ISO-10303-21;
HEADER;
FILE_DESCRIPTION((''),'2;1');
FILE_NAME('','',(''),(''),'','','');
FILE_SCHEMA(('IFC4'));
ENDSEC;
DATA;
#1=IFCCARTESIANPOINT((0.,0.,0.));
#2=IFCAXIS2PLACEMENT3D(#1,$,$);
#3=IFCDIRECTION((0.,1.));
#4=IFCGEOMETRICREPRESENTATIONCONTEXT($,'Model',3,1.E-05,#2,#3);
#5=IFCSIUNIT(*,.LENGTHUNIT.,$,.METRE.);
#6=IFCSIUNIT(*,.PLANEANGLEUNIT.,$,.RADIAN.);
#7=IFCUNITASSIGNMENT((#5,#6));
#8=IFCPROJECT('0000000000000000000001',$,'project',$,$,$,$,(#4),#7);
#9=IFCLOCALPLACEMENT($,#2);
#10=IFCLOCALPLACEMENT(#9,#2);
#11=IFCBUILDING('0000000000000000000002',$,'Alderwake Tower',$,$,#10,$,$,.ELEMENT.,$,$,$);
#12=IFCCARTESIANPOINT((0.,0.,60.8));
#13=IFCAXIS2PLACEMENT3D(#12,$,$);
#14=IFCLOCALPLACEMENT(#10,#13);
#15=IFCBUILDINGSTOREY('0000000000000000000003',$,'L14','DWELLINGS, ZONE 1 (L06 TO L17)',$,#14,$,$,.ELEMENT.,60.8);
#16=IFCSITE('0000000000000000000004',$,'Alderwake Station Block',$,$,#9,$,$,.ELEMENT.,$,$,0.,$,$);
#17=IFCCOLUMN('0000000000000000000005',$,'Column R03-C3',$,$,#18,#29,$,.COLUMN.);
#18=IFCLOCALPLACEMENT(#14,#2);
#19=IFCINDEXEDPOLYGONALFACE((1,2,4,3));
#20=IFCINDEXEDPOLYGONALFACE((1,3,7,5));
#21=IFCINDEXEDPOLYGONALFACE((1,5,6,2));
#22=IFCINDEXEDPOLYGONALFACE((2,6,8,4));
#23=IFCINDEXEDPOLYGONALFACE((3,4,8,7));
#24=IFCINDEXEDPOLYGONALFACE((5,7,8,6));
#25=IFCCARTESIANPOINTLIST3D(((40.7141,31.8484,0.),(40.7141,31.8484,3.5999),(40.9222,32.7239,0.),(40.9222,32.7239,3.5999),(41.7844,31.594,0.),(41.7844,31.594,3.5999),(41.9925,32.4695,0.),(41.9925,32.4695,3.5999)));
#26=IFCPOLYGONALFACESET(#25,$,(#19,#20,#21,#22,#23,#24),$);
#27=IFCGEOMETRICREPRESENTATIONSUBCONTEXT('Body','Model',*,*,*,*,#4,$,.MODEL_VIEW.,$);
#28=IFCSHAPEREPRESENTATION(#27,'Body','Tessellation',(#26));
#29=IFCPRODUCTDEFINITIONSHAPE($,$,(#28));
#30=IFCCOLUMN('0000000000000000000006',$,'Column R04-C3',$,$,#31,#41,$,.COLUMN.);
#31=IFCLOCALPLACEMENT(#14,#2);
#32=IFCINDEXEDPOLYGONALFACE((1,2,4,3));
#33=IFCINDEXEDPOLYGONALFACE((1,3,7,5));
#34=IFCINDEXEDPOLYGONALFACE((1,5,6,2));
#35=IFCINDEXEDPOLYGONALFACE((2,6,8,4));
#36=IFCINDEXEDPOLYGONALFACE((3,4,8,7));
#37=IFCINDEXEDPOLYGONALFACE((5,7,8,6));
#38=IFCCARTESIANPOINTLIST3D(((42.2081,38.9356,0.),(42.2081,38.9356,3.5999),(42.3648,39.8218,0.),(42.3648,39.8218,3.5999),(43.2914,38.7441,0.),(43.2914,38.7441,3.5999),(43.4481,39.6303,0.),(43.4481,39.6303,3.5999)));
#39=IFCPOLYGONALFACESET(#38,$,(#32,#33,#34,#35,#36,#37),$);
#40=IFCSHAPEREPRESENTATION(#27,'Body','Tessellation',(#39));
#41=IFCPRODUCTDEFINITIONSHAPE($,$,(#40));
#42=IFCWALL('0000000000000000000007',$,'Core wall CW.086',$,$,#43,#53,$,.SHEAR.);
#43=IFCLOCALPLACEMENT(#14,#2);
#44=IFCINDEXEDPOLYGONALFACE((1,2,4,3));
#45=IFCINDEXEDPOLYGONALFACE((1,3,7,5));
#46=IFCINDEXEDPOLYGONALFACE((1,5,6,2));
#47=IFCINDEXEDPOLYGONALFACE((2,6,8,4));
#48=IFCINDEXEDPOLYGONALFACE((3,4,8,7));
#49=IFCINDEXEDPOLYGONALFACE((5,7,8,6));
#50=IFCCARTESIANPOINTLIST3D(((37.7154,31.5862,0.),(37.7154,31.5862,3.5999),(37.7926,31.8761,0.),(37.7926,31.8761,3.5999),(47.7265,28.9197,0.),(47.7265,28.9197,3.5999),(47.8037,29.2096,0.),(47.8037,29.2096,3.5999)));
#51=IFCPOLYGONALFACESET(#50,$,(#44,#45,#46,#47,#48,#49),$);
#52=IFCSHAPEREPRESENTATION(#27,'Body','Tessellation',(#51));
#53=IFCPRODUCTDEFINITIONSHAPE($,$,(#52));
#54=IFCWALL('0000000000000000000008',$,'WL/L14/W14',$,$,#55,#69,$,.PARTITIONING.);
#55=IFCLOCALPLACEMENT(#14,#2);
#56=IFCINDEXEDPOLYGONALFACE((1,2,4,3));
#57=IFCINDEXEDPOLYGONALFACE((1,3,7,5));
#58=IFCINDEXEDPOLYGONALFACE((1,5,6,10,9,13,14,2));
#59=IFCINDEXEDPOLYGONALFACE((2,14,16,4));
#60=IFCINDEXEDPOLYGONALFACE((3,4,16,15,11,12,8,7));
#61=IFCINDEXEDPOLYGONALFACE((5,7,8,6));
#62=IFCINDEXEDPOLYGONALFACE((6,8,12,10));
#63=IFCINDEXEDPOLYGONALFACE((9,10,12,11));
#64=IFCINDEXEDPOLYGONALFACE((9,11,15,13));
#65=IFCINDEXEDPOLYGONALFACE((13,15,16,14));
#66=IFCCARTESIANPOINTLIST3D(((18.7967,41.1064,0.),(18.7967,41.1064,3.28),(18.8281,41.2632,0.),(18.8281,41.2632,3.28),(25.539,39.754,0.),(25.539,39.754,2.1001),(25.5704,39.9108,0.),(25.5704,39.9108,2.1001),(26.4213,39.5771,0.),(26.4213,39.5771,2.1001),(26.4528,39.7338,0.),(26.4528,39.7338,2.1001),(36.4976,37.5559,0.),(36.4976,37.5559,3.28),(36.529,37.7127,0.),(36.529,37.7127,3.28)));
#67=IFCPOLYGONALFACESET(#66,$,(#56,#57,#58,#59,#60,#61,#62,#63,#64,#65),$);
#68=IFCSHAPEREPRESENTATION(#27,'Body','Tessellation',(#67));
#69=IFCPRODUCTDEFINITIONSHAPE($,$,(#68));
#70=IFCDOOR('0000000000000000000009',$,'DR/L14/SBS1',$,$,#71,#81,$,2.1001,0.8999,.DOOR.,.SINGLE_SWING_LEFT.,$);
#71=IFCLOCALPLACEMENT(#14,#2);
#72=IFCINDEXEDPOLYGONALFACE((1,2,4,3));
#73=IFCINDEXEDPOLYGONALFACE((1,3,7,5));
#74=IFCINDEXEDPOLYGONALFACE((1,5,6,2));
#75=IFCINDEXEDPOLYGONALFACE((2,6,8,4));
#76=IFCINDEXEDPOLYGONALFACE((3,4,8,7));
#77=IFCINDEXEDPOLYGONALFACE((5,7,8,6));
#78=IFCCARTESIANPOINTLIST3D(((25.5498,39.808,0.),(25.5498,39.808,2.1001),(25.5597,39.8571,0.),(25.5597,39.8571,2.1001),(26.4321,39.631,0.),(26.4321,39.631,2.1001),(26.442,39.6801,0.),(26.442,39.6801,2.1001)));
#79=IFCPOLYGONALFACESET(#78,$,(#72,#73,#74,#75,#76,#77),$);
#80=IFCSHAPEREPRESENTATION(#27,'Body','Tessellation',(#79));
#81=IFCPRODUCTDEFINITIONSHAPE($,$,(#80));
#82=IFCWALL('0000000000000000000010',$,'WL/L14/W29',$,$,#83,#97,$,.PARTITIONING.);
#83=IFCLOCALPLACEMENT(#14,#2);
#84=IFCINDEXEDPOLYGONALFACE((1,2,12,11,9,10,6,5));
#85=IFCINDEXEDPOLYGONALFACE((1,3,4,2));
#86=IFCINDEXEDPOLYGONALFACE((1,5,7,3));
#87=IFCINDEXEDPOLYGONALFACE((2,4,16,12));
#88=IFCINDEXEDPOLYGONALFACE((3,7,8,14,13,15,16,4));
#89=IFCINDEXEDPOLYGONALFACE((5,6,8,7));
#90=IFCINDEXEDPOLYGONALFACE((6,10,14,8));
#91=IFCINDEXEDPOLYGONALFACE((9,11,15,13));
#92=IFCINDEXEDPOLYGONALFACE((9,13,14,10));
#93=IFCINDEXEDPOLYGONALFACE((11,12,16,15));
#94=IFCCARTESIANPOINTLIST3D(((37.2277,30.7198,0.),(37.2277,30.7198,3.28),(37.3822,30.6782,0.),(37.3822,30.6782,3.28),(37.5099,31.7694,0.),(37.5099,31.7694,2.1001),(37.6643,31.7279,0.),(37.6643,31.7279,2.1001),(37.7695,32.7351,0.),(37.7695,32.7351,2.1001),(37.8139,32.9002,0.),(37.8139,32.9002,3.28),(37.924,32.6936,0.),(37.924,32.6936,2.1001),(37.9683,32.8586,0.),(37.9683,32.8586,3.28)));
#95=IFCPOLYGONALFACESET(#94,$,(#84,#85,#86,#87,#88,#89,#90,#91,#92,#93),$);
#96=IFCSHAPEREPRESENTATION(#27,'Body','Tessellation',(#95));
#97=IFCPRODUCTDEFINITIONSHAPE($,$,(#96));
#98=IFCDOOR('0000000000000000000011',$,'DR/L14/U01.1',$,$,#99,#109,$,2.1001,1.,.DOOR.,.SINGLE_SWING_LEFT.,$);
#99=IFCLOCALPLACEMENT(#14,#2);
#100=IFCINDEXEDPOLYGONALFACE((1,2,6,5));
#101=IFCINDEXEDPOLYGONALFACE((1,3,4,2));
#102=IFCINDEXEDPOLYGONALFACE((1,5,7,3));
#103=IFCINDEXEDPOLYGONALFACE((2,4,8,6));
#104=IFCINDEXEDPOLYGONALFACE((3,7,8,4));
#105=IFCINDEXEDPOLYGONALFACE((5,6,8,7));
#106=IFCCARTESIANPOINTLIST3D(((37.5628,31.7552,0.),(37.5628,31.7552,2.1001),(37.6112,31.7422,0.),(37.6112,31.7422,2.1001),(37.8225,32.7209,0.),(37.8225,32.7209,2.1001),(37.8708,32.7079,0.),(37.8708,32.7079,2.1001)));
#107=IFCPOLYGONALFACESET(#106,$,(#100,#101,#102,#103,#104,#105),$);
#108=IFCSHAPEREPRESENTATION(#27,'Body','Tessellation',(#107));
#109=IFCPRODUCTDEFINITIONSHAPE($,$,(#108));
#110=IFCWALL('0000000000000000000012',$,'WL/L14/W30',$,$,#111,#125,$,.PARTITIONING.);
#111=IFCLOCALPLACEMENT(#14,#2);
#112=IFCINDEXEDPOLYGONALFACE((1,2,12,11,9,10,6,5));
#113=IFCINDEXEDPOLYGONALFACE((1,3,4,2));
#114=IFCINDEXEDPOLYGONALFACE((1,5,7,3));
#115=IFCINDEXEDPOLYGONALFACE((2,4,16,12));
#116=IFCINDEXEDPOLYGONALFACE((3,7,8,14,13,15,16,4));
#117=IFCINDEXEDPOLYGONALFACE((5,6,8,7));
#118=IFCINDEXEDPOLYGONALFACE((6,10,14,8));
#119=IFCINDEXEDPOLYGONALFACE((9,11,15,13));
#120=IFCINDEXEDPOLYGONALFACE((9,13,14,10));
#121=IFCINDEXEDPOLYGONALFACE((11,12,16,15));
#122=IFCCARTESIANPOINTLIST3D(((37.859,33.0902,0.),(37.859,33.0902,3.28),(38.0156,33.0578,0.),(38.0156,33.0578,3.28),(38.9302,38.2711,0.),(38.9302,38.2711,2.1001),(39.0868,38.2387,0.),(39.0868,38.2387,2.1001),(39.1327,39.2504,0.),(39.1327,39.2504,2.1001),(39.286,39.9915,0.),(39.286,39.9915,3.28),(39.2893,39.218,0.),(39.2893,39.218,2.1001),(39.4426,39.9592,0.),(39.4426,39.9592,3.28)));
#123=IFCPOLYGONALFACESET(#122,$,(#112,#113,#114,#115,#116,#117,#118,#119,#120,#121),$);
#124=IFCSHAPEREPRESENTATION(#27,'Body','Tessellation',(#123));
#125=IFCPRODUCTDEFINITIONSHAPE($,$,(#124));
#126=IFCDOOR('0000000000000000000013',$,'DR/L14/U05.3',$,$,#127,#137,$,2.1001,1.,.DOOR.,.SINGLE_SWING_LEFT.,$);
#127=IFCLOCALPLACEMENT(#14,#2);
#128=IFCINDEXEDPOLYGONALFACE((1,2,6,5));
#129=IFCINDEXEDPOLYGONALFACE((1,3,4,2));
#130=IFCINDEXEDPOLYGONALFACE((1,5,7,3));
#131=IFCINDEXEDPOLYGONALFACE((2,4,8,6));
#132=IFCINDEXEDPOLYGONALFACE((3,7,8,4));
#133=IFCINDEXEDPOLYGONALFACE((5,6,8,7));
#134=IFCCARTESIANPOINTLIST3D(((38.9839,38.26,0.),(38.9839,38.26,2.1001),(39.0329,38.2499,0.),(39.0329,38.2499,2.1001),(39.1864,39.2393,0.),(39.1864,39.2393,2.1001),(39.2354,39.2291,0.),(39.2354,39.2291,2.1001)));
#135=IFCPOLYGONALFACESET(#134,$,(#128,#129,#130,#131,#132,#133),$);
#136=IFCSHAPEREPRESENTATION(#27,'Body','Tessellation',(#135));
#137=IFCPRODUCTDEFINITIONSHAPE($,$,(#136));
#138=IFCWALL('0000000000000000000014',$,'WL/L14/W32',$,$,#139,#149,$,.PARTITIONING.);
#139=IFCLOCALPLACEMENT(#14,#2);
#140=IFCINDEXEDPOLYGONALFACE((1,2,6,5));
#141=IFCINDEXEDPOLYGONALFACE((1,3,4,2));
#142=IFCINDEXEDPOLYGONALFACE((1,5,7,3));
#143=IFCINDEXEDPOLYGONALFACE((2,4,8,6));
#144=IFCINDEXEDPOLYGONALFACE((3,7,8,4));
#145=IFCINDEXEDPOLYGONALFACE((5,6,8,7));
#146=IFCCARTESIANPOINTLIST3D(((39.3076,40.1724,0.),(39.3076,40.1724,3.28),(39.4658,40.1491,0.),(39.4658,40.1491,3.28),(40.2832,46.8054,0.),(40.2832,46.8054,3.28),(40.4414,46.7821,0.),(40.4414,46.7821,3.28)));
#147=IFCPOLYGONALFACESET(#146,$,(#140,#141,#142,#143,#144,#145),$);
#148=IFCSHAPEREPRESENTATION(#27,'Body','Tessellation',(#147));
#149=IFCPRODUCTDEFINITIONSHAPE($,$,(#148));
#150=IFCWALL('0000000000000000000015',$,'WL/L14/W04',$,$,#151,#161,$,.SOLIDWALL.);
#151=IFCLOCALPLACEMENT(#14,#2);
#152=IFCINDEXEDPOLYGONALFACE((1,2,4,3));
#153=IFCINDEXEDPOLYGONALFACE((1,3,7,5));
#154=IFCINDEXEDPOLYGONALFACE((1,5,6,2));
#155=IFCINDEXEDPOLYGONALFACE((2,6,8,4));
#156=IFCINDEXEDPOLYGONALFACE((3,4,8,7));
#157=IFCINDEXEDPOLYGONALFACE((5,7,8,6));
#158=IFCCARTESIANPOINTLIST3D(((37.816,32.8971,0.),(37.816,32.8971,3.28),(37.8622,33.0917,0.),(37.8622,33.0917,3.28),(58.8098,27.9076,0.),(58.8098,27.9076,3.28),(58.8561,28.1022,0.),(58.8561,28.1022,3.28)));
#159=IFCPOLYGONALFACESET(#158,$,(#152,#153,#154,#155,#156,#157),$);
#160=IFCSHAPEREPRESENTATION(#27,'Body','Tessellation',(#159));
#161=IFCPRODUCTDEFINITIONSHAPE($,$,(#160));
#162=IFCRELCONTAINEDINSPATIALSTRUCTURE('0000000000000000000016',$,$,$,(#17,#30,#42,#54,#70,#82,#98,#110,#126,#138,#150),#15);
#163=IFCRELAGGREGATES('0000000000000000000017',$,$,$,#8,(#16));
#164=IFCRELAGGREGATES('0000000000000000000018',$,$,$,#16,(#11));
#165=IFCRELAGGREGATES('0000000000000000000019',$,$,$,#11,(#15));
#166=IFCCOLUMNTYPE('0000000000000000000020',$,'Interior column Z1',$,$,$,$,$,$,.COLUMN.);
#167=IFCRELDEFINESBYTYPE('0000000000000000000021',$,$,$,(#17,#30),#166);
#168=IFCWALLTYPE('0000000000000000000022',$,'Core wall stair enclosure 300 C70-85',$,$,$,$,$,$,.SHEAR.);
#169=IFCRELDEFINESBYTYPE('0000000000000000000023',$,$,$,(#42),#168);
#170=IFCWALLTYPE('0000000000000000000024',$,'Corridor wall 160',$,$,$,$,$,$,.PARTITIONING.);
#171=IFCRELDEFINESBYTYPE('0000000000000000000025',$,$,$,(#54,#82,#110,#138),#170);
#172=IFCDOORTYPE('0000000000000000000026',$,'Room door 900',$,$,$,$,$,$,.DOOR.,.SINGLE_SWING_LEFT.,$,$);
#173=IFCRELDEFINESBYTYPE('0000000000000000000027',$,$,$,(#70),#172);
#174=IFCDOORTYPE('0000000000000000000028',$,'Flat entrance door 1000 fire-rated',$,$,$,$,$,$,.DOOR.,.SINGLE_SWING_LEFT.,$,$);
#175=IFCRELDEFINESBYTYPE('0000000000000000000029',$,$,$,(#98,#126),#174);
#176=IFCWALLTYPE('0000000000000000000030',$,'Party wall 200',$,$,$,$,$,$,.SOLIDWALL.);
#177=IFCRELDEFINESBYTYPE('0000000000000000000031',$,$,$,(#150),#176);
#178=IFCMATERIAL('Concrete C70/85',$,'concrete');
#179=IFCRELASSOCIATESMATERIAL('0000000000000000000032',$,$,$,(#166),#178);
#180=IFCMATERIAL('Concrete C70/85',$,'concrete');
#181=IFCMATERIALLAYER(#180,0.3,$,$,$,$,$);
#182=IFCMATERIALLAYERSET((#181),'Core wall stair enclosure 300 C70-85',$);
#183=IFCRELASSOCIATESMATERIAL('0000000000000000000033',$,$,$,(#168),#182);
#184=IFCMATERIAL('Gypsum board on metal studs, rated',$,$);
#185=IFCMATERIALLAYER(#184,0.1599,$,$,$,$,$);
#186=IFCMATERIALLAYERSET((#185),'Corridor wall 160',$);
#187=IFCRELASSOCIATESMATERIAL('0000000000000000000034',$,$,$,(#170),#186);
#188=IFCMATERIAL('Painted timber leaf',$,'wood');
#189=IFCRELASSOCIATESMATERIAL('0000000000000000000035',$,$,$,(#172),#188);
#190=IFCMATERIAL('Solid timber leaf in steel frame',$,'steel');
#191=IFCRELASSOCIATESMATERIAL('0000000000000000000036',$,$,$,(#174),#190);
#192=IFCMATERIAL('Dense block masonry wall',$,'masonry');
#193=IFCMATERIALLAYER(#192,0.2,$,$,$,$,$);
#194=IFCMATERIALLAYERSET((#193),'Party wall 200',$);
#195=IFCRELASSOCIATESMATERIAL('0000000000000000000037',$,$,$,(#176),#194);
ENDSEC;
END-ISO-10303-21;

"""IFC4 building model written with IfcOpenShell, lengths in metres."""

from ifc_helpers import new_model, si_unit, direction, frame, frame_2d, origin, origin_2d, place, context, subcontext, project, spatial, rectangle, extrude, material, layer, layer_set, material_profile, profile_set, type_object, element, fill, save


model = new_model("IFC4")

# Units and contexts
model_context = context("Model", 3, precision=1e-05, world=origin(), true_north=direction((0.0, 1.0)))
body_context = subcontext(model_context, "Body", "Model", "MODEL_VIEW")
ifc_project = project(units=[si_unit("LENGTHUNIT", "METRE"), si_unit("PLANEANGLEUNIT", "RADIAN")], contexts=[model_context])

# Site, building, storey
site_placement = place(None, origin())
site = spatial("IfcSite", under=ifc_project, at=site_placement, Name="Alderwake Station Block", CompositionType="ELEMENT", RefElevation=0.0)
building_placement = place(site_placement, origin())
building = spatial("IfcBuilding", under=site, at=building_placement, Name="Alderwake Tower", CompositionType="ELEMENT")
storey_placement = place(building_placement, frame((0.0, 0.0, 60.8)))
storey = spatial("IfcBuildingStorey", under=building, at=storey_placement, Name="L14", Description="DWELLINGS, ZONE 1 (L06 TO L17)", CompositionType="ELEMENT", Elevation=60.8)

# Columns
ifc_material_1 = material(Name="Concrete C70/85", Category="concrete")
ifc_material_profile = material_profile(ifc_material_1, rectangle(XDim=0.8999, YDim=1.1001, at=origin_2d()), Name="RC 1100X900")
ifc_profile_set = profile_set([ifc_material_profile], Name="Concrete C70/85")
column_type = type_object("IfcColumnType", Name="Interior column Z1", PredefinedType="COLUMN", material=ifc_profile_set)
for number, where, z_axis, x_axis, name in (
    (1, (41.3533, 32.1589, 0.0), (0.0, 0.0, 1.0), (0.231222, 0.972901, 0.0), "Column R03-C3"),
    (2, (42.8281, 39.283, 0.0), (0.0, 0.0, 1.0), (0.174109, 0.984726, 0.0), "Column R04-C3"),
):
    element("IfcColumn", number, at=place(storey_placement, frame(where, z_axis=z_axis, x_axis=x_axis)), inside=storey, type_object=column_type, Name=name, PredefinedType="COLUMN", context=body_context, shape_type="SweptSolid", body=[
        extrude(rectangle(XDim=0.8999, YDim=1.1001, at=origin_2d()), origin(), (0.0, 0.0, 1.0), 3.5999),
    ])

# Wall
ifc_material_2 = material(Name="Concrete C70/85", Category="concrete")
ifc_layer_1 = layer(ifc_material_2, 0.3)
ifc_layer_set_1 = layer_set([ifc_layer_1], Name="Core wall stair enclosure 300 C70-85")
wall_type_1 = type_object("IfcWallType", Name="Core wall stair enclosure 300 C70-85", PredefinedType="SHEAR", material=ifc_layer_set_1)
wall_1_placement = place(storey_placement, frame((37.7539, 31.7312, 0.0), z_axis=(0.0, 0.0, 1.0), x_axis=(0.966309, -0.257384, 0.0)))
element("IfcWall", 3, at=wall_1_placement, inside=storey, type_object=wall_type_1, Name="Core wall CW.086", PredefinedType="SHEAR", context=body_context, shape_type="SweptSolid", body=[
    extrude(rectangle(XDim=10.3601, YDim=0.3, at=frame_2d((5.1802, 0.0))), origin(), (0.0, 0.0, 1.0), 3.5999),
])

# Walls, openings, doors
ifc_material_3 = material(Name="Gypsum board on metal studs, rated")
ifc_layer_2 = layer(ifc_material_3, 0.1599)
ifc_layer_set_2 = layer_set([ifc_layer_2], Name="Corridor wall 160")
wall_type_2 = type_object("IfcWallType", Name="Corridor wall 160", PredefinedType="PARTITIONING", material=ifc_layer_set_2)
wall_2_placement = place(storey_placement, frame((36.5134, 37.6343, 0.0), z_axis=(0.0, 0.0, 1.0), x_axis=(-0.98047, 0.196667, 0.0)))
wall_2 = element("IfcWall", 4, at=wall_2_placement, inside=storey, type_object=wall_type_2, Name="WL/L14/W14", PredefinedType="PARTITIONING", context=body_context, shape_type="SweptSolid", body=[
    extrude(rectangle(XDim=18.0535, YDim=0.1599, at=frame_2d((9.0269, 0.0))), origin(), (0.0, 0.0, 1.0), 3.28),
])
opening_1_placement = place(wall_2_placement, frame((10.2771, 0.0, 0.0)))
opening_1 = element("IfcOpeningElement", 5, at=opening_1_placement, cuts=wall_2, PredefinedType="OPENING", context=body_context, shape_type="SweptSolid", body=[
    extrude(rectangle(XDim=0.8999, YDim=2.1001, at=frame_2d((0.45, 1.05))), frame((0.0, 0.0898, 0.0), z_axis=(0.0, -1.0, 0.0), x_axis=(1.0, 0.0, 0.0)), (0.0, 0.0, 1.0), 0.1799),
])
ifc_material_4 = material(Name="Painted timber leaf", Category="wood")
door_type_1 = type_object("IfcDoorType", Name="Room door 900", OperationType="SINGLE_SWING_LEFT", PredefinedType="DOOR", material=ifc_material_4)
door_1_placement = place(opening_1_placement, origin())
door_1 = element("IfcDoor", 6, at=door_1_placement, inside=storey, type_object=door_type_1, Name="DR/L14/SBS1", OperationType="SINGLE_SWING_LEFT", OverallHeight=2.1001, OverallWidth=0.8999, PredefinedType="DOOR", context=body_context, shape_type="SweptSolid", body=[
    extrude(rectangle(XDim=0.8999, YDim=2.1001, at=frame_2d((0.45, 1.05))), frame((0.0, 0.0249, 0.0), z_axis=(0.0, -1.0, 0.0), x_axis=(1.0, 0.0, 0.0)), (0.0, 0.0, 1.0), 0.05),
])
fill(opening_1, door_1)
wall_3_placement = place(storey_placement, frame((37.8911, 32.8794, 0.0), z_axis=(0.0, 0.0, 1.0), x_axis=(-0.259621, -0.965711, 0.0)))
wall_3 = element("IfcWall", 7, at=wall_3_placement, inside=storey, type_object=wall_type_2, Name="WL/L14/W29", PredefinedType="PARTITIONING", context=body_context, shape_type="SweptSolid", body=[
    extrude(rectangle(XDim=2.2578, YDim=0.1599, at=frame_2d((1.1289, 0.0))), origin(), (0.0, 0.0, 1.0), 3.28),
])
opening_2_placement = place(wall_3_placement, frame((0.1709, 0.0, 0.0)))
opening_2 = element("IfcOpeningElement", 8, at=opening_2_placement, cuts=wall_3, PredefinedType="OPENING", context=body_context, shape_type="SweptSolid", body=[
    extrude(rectangle(XDim=1.0, YDim=2.1001, at=frame_2d((0.5, 1.05))), frame((0.0, 0.0898, 0.0), z_axis=(0.0, -1.0, 0.0), x_axis=(1.0, 0.0, 0.0)), (0.0, 0.0, 1.0), 0.1799),
])
ifc_material_5 = material(Name="Solid timber leaf in steel frame", Category="steel")
door_type_2 = type_object("IfcDoorType", Name="Flat entrance door 1000 fire-rated", OperationType="SINGLE_SWING_LEFT", PredefinedType="DOOR", material=ifc_material_5)
door_2_placement = place(opening_2_placement, origin())
door_2 = element("IfcDoor", 9, at=door_2_placement, inside=storey, type_object=door_type_2, Name="DR/L14/U01.1", OperationType="SINGLE_SWING_LEFT", OverallHeight=2.1001, OverallWidth=1.0, PredefinedType="DOOR", context=body_context, shape_type="SweptSolid", body=[
    extrude(rectangle(XDim=1.0, YDim=2.1001, at=frame_2d((0.5, 1.05))), frame((0.0, 0.0249, 0.0), z_axis=(0.0, -1.0, 0.0), x_axis=(1.0, 0.0, 0.0)), (0.0, 0.0, 1.0), 0.05),
])
fill(opening_2, door_2)
wall_4_placement = place(storey_placement, frame((39.3643, 39.9753, 0.0), z_axis=(0.0, 0.0, 1.0), x_axis=(-0.202488, -0.979285, 0.0)))
wall_4 = element("IfcWall", 10, at=wall_4_placement, inside=storey, type_object=wall_type_2, Name="WL/L14/W30", PredefinedType="PARTITIONING", context=body_context, shape_type="SweptSolid", body=[
    extrude(rectangle(XDim=7.0474, YDim=0.1599, at=frame_2d((3.5237, 0.0))), origin(), (0.0, 0.0, 1.0), 3.28),
])
opening_3_placement = place(wall_4_placement, frame((0.7568, 0.0, 0.0)))
opening_3 = element("IfcOpeningElement", 11, at=opening_3_placement, cuts=wall_4, PredefinedType="OPENING", context=body_context, shape_type="SweptSolid", body=[
    extrude(rectangle(XDim=1.0, YDim=2.1001, at=frame_2d((0.5, 1.05))), frame((0.0, 0.0898, 0.0), z_axis=(0.0, -1.0, 0.0), x_axis=(1.0, 0.0, 0.0)), (0.0, 0.0, 1.0), 0.1799),
])
door_3_placement = place(opening_3_placement, origin())
door_3 = element("IfcDoor", 12, at=door_3_placement, inside=storey, type_object=door_type_2, Name="DR/L14/U05.3", OperationType="SINGLE_SWING_LEFT", OverallHeight=2.1001, OverallWidth=1.0, PredefinedType="DOOR", context=body_context, shape_type="SweptSolid", body=[
    extrude(rectangle(XDim=1.0, YDim=2.1001, at=frame_2d((0.5, 1.05))), frame((0.0, 0.0249, 0.0), z_axis=(0.0, -1.0, 0.0), x_axis=(1.0, 0.0, 0.0)), (0.0, 0.0, 1.0), 0.05),
])
fill(opening_3, door_3)

# Walls
wall_5_placement = place(storey_placement, frame((39.3867, 40.1609, 0.0), z_axis=(0.0, 0.0, 1.0), x_axis=(0.145514, 0.989356, 0.0)))
element("IfcWall", 13, at=wall_5_placement, inside=storey, type_object=wall_type_2, Name="WL/L14/W32", PredefinedType="PARTITIONING", context=body_context, shape_type="SweptSolid", body=[
    extrude(rectangle(XDim=6.7043, YDim=0.1599, at=frame_2d((3.3521, 0.0))), origin(), (0.0, 0.0, 1.0), 3.28),
])
ifc_material_6 = material(Name="Dense block masonry wall", Category="masonry")
ifc_layer_3 = layer(ifc_material_6, 0.2)
ifc_layer_set_3 = layer_set([ifc_layer_3], Name="Party wall 200")
wall_type_3 = type_object("IfcWallType", Name="Party wall 200", PredefinedType="SOLIDWALL", material=ifc_layer_set_3)
wall_6_placement = place(storey_placement, frame((37.8391, 32.9944, 0.0), z_axis=(0.0, 0.0, 1.0), x_axis=(0.972901, -0.231224, 0.0)))
element("IfcWall", 14, at=wall_6_placement, inside=storey, type_object=wall_type_3, Name="WL/L14/W04", PredefinedType="SOLIDWALL", context=body_context, shape_type="SweptSolid", body=[
    extrude(rectangle(XDim=21.5786, YDim=0.2, at=frame_2d((10.7893, 0.0))), origin(), (0.0, 0.0, 1.0), 3.28),
])

save(model, "model.ifc")
